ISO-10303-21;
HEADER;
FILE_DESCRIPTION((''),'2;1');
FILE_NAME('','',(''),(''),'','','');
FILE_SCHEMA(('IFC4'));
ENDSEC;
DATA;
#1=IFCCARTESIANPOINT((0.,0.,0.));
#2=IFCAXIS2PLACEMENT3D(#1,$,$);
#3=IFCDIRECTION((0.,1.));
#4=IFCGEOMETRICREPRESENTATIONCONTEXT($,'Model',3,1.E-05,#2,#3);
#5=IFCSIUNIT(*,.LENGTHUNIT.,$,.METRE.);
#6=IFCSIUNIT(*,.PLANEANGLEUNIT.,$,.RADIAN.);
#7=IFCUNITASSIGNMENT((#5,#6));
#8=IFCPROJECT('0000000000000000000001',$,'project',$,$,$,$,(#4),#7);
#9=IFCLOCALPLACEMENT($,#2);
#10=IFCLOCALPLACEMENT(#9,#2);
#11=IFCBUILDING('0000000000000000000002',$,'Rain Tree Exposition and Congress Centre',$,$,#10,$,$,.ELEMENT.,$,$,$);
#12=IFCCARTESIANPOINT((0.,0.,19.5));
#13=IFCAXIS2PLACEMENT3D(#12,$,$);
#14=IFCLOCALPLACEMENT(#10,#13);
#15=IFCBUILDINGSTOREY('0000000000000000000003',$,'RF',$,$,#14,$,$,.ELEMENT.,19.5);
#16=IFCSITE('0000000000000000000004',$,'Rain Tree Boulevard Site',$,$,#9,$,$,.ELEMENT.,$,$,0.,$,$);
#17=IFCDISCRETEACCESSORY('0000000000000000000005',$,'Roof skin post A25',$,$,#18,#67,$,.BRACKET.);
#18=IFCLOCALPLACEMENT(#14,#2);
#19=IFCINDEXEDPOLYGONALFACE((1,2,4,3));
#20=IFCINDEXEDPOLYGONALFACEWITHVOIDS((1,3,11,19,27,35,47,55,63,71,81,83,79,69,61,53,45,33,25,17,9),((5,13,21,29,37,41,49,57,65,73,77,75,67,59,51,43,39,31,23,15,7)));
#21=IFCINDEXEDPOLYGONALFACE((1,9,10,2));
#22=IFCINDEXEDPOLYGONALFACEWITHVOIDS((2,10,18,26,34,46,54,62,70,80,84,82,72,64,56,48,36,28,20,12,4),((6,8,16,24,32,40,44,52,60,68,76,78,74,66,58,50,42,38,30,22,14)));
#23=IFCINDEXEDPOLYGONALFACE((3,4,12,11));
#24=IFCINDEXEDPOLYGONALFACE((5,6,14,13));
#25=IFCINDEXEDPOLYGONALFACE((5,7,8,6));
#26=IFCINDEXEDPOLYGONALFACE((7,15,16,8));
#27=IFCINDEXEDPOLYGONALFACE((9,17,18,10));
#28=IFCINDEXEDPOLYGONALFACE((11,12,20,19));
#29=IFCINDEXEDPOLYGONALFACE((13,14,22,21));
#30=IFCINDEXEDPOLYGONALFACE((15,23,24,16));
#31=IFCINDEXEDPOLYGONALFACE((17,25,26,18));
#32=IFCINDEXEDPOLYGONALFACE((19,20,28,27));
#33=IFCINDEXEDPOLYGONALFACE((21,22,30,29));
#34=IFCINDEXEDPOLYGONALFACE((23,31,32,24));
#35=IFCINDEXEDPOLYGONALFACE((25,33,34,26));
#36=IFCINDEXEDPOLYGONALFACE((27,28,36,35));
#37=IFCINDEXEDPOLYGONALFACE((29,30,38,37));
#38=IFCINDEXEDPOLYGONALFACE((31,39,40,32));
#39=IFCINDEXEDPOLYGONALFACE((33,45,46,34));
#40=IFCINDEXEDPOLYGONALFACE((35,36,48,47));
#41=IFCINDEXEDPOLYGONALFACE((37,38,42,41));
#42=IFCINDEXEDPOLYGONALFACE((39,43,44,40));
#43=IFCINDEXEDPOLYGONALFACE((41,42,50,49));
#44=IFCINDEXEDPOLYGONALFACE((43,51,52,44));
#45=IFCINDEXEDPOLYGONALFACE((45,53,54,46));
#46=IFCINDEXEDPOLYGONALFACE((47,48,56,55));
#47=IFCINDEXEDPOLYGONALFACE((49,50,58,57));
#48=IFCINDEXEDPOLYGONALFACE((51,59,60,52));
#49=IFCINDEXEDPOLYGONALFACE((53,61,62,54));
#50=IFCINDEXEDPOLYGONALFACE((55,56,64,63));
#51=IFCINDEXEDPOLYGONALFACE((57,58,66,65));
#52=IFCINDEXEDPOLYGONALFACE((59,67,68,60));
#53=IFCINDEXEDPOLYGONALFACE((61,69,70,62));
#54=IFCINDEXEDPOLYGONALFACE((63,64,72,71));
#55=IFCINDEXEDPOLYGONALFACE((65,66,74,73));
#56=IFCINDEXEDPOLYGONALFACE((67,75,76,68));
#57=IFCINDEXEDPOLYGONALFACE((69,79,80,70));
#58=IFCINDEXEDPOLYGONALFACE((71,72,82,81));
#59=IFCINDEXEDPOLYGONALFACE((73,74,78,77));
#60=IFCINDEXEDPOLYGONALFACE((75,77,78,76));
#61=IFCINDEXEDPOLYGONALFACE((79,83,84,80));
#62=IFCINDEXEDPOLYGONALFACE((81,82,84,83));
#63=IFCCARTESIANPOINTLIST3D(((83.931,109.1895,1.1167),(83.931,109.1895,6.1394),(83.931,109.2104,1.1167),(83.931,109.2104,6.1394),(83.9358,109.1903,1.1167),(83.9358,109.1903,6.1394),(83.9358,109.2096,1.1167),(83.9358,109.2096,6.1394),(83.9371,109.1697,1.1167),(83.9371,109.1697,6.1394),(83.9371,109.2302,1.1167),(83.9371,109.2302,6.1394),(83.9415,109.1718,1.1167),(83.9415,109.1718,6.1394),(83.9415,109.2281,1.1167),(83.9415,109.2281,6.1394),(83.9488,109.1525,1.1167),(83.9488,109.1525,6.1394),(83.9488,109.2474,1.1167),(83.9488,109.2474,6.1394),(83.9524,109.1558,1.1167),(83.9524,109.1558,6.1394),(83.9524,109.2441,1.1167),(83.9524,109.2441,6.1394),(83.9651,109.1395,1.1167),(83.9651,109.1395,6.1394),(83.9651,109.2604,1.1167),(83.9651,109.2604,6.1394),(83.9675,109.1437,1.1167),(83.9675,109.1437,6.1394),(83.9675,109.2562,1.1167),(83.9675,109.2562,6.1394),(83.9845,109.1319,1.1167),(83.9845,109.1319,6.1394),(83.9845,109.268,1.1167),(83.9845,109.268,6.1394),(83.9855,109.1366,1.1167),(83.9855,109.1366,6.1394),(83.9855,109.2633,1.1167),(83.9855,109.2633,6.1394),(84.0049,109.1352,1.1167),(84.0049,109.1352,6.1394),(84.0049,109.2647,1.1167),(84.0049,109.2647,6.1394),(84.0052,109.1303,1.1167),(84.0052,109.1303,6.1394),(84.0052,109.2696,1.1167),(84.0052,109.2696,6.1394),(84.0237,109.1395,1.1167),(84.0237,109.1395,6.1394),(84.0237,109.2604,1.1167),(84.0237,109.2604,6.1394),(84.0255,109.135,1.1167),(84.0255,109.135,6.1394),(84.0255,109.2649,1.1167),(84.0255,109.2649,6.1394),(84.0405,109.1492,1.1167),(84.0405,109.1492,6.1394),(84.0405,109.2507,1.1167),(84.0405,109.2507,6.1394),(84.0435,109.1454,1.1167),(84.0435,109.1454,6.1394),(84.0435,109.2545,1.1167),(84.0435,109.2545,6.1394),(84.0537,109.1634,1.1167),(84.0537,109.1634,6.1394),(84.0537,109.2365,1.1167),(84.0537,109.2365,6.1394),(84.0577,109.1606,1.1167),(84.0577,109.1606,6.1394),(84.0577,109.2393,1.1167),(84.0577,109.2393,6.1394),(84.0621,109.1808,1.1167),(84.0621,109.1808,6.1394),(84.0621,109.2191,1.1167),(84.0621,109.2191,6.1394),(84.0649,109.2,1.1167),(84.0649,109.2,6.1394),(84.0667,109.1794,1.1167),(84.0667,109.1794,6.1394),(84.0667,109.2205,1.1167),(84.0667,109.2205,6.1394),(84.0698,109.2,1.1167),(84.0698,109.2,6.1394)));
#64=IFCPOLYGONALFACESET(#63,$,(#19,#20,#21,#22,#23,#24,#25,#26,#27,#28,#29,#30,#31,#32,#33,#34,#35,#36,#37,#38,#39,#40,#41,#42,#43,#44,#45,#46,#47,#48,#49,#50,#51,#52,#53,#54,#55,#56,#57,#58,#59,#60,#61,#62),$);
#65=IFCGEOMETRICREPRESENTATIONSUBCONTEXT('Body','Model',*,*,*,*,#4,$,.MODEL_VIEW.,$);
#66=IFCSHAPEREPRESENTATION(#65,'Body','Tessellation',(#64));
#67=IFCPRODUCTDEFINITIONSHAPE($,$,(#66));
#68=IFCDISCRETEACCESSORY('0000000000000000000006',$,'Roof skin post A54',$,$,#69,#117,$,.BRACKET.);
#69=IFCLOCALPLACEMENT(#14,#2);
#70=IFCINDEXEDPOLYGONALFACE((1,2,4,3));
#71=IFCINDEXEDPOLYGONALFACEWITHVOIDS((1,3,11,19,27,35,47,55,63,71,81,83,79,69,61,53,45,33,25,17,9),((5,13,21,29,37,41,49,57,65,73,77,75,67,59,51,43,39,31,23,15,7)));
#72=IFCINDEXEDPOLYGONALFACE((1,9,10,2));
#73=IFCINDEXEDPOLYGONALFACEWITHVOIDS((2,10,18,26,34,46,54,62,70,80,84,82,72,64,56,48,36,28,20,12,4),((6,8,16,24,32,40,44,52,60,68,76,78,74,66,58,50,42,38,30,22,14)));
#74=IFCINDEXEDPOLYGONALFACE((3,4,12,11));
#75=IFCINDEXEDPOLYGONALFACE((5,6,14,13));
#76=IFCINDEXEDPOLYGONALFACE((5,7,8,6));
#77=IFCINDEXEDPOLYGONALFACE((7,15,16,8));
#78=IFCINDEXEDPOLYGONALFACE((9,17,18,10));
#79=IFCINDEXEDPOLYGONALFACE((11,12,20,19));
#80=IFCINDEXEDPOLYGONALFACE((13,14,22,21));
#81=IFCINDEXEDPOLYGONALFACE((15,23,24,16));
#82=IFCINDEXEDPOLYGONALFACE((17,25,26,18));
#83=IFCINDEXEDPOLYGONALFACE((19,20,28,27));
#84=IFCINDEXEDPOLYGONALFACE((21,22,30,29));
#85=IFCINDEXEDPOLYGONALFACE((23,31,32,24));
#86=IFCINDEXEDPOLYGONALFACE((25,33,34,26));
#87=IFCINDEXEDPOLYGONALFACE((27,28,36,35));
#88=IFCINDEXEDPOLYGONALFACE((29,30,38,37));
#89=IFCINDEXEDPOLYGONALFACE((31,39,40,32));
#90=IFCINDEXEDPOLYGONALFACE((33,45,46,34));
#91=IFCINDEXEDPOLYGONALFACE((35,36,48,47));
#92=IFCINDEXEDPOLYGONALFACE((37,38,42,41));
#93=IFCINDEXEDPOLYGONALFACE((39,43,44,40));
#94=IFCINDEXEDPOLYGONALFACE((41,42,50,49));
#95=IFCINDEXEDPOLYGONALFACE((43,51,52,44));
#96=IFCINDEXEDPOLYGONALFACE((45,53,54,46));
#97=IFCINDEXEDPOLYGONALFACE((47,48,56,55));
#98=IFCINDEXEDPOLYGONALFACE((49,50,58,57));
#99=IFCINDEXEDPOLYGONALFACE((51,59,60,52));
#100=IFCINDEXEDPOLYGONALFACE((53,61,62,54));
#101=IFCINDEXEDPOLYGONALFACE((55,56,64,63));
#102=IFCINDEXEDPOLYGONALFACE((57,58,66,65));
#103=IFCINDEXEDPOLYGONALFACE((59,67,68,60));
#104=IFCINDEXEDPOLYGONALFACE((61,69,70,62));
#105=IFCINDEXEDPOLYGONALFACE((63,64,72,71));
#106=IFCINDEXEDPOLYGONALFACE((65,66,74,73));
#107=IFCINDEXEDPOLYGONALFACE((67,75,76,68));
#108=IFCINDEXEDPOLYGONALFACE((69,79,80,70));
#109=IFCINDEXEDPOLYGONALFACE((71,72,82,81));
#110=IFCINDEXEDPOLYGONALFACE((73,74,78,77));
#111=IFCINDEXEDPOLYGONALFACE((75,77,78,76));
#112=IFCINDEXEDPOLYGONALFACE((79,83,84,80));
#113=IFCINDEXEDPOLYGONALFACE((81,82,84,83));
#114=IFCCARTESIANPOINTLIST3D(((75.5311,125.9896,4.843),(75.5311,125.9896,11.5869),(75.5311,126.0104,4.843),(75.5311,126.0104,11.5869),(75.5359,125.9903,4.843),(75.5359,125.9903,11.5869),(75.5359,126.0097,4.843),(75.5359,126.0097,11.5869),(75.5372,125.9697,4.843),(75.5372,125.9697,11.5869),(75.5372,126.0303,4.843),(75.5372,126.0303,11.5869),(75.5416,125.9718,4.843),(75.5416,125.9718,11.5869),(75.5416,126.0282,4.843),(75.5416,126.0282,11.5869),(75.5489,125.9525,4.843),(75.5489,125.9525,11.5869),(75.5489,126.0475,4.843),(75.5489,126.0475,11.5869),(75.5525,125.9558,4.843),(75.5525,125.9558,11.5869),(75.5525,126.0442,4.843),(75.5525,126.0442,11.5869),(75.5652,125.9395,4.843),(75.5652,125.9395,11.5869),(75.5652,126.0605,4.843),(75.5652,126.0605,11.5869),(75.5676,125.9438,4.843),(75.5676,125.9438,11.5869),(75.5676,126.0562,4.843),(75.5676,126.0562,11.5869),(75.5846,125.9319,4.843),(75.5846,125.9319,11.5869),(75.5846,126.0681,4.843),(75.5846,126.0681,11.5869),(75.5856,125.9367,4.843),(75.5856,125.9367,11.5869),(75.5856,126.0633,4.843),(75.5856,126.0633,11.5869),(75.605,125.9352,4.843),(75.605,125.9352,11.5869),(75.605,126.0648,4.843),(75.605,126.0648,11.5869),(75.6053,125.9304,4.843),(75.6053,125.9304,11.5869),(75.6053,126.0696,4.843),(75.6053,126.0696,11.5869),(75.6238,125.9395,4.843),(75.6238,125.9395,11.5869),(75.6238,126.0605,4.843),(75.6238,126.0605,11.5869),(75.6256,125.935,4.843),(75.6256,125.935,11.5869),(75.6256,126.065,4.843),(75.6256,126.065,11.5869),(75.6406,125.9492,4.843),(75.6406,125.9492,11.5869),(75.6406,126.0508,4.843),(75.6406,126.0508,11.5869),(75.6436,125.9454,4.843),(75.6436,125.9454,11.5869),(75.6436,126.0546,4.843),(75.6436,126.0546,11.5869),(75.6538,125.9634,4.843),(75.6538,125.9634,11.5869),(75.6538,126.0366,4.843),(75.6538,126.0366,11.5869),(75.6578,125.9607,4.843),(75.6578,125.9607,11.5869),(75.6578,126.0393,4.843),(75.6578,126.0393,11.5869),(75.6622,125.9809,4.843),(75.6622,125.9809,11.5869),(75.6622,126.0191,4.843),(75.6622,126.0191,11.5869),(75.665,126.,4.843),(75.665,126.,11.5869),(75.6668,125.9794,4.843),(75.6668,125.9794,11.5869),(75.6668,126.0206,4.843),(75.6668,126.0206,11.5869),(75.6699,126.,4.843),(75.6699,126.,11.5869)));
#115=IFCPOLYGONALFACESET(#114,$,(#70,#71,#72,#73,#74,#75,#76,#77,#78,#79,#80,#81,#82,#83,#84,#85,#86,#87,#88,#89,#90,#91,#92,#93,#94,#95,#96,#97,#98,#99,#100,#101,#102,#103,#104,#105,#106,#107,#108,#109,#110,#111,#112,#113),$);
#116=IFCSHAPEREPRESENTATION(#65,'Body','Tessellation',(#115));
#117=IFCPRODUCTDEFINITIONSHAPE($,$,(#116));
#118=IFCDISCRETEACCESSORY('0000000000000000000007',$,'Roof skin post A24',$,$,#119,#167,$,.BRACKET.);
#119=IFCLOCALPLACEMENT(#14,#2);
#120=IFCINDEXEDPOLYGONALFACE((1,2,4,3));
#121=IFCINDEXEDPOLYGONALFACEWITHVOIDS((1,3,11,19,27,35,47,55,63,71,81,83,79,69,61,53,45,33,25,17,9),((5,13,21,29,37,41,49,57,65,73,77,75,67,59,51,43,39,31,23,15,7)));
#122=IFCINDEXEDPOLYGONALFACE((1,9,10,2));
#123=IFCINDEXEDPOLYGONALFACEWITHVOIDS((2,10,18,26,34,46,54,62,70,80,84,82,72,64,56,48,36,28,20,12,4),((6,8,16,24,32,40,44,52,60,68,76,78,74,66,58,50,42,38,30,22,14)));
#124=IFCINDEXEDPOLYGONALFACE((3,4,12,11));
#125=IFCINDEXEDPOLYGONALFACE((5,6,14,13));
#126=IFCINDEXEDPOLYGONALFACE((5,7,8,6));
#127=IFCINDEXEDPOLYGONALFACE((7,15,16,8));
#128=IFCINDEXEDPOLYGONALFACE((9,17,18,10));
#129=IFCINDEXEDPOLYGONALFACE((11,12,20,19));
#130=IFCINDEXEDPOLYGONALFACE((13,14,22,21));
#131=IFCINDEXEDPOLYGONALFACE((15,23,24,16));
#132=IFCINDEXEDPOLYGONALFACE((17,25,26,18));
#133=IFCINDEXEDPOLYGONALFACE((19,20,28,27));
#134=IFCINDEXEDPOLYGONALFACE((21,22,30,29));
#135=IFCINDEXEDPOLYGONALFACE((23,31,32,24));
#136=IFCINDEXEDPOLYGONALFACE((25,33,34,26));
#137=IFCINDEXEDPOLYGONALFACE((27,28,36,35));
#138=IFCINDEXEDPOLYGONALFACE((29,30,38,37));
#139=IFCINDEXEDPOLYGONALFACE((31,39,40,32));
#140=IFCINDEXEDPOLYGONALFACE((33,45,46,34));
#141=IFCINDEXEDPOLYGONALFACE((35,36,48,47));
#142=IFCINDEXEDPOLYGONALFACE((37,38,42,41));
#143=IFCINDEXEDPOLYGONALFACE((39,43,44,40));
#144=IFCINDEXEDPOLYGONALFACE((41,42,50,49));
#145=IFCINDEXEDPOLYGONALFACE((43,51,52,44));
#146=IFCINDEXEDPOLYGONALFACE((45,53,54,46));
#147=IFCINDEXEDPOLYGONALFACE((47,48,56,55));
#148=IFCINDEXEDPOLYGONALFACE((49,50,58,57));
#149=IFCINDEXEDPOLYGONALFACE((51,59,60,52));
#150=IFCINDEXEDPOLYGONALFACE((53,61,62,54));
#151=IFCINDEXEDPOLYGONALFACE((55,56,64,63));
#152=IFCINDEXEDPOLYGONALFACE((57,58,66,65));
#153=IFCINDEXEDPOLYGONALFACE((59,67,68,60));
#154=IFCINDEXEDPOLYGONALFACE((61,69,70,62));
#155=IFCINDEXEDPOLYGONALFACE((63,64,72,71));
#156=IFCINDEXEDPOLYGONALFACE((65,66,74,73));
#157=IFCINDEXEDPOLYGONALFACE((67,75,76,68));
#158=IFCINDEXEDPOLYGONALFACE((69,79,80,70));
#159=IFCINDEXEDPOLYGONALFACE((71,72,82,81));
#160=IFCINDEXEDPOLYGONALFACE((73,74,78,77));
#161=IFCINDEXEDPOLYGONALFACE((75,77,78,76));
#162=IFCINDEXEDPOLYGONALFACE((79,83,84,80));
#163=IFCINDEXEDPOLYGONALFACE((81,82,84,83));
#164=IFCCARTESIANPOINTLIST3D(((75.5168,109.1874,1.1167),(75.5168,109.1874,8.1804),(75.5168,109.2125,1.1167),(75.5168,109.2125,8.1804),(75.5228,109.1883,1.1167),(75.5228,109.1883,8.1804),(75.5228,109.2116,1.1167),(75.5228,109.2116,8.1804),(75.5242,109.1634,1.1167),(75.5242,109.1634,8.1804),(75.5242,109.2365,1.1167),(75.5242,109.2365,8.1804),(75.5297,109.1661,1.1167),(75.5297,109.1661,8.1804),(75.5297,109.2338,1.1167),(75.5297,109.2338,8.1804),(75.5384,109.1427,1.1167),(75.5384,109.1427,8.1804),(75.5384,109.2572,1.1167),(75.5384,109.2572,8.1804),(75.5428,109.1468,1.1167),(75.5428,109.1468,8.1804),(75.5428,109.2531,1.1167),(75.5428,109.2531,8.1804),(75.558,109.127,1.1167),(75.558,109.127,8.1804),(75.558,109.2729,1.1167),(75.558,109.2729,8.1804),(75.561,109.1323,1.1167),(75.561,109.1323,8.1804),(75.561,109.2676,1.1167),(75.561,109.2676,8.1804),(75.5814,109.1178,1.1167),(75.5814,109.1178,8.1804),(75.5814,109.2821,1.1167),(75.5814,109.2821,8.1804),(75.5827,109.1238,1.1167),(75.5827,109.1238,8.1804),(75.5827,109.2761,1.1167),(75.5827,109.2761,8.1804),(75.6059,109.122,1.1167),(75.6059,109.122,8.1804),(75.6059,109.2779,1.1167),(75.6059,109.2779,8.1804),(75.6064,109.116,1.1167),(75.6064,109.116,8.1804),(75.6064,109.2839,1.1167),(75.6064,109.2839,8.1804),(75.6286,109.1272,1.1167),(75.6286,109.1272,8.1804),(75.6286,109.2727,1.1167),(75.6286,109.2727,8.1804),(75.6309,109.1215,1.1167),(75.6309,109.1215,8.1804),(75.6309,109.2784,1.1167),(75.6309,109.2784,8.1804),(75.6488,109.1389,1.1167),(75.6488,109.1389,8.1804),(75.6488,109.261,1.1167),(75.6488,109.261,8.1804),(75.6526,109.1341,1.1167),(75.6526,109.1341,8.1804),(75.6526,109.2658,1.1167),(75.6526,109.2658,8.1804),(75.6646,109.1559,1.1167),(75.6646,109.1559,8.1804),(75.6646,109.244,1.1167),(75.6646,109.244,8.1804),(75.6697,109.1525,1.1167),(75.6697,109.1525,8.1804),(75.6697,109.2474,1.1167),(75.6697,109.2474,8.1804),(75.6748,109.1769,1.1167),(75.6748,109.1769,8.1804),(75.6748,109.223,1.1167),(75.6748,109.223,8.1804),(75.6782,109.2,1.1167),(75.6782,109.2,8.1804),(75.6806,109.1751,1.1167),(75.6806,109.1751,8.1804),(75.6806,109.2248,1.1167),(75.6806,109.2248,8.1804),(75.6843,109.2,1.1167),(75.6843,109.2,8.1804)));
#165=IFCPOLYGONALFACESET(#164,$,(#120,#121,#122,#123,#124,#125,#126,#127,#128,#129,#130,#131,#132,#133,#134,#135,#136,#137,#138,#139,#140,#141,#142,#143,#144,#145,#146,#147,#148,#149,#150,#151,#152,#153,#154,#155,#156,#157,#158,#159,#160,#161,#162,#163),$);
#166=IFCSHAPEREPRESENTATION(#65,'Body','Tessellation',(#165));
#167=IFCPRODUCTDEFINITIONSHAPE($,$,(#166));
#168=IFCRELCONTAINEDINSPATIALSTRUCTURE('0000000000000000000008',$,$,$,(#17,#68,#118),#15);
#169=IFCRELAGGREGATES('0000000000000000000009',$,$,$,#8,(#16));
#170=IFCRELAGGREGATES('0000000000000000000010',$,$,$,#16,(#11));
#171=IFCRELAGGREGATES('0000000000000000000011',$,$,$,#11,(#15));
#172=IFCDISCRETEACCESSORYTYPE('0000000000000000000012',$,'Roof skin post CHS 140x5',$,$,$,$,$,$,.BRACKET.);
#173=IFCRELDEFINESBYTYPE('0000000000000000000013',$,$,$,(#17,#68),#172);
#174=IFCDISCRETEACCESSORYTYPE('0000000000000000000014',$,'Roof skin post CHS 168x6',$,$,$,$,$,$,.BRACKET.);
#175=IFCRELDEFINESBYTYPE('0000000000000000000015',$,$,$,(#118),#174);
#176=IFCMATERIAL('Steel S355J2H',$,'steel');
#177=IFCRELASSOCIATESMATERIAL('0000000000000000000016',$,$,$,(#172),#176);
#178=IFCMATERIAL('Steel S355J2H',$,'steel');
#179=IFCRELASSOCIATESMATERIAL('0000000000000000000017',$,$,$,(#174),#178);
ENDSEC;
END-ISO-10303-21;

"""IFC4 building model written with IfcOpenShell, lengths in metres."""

from ifc_helpers import new_model, si_unit, direction, frame, origin, origin_2d, place, context, subcontext, project, spatial, hollow_circle, extrude, material, material_profile, profile_set, type_object, element, save


model = new_model("IFC4")

# Units and contexts
model_context = context("Model", 3, precision=1e-05, world=origin(), true_north=direction((0.0, 1.0)))
body_context = subcontext(model_context, "Body", "Model", "MODEL_VIEW")
ifc_project = project(units=[si_unit("LENGTHUNIT", "METRE"), si_unit("PLANEANGLEUNIT", "RADIAN")], contexts=[model_context])

# Site, building, storey
site_placement = place(None, origin())
site = spatial("IfcSite", under=ifc_project, at=site_placement, Name="Rain Tree Boulevard Site", CompositionType="ELEMENT", RefElevation=0.0)
building_placement = place(site_placement, origin())
building = spatial("IfcBuilding", under=site, at=building_placement, Name="Rain Tree Exposition and Congress Centre", CompositionType="ELEMENT")
storey_placement = place(building_placement, frame((0.0, 0.0, 19.5)))
storey = spatial("IfcBuildingStorey", under=building, at=storey_placement, Name="RF", CompositionType="ELEMENT", Elevation=19.5)

# Discrete accessories
ifc_material_1 = material(Name="Steel S355J2H", Category="steel")
ifc_material_profile_1 = material_profile(ifc_material_1, hollow_circle(Radius=0.0698, WallThickness=0.0049, at=origin_2d()), Name="CHS 140x5")
ifc_profile_set_1 = profile_set([ifc_material_profile_1], Name="Steel S355J2H")
discrete_accessory_type_1 = type_object("IfcDiscreteAccessoryType", Name="Roof skin post CHS 140x5", PredefinedType="BRACKET", material=ifc_profile_set_1)
discrete_accessory_1_placement = place(storey_placement, frame((84.0, 109.2, 1.1167), z_axis=(0.0, 0.0, 1.0), x_axis=(1.0, 0.0, 0.0)))
element("IfcDiscreteAccessory", 1, at=discrete_accessory_1_placement, inside=storey, type_object=discrete_accessory_type_1, Name="Roof skin post A25", PredefinedType="BRACKET", context=body_context, shape_type="SweptSolid", body=[
    extrude(hollow_circle(Radius=0.0698, WallThickness=0.0049, at=origin_2d()), origin(), (0.0, 0.0, 1.0), 5.0227),
])
discrete_accessory_2_placement = place(storey_placement, frame((75.6001, 126.0, 4.843), z_axis=(0.0, 0.0, 1.0), x_axis=(1.0, 0.0, 0.0)))
element("IfcDiscreteAccessory", 2, at=discrete_accessory_2_placement, inside=storey, type_object=discrete_accessory_type_1, Name="Roof skin post A54", PredefinedType="BRACKET", context=body_context, shape_type="SweptSolid", body=[
    extrude(hollow_circle(Radius=0.0698, WallThickness=0.0049, at=origin_2d()), origin(), (0.0, 0.0, 1.0), 6.7439),
])
ifc_material_2 = material(Name="Steel S355J2H", Category="steel")
ifc_material_profile_2 = material_profile(ifc_material_2, hollow_circle(Radius=0.0842, WallThickness=0.0061, at=origin_2d()), Name="CHS 168x6")
ifc_profile_set_2 = profile_set([ifc_material_profile_2], Name="Steel S355J2H")
discrete_accessory_type_2 = type_object("IfcDiscreteAccessoryType", Name="Roof skin post CHS 168x6", PredefinedType="BRACKET", material=ifc_profile_set_2)
discrete_accessory_3_placement = place(storey_placement, frame((75.6001, 109.2, 1.1167), z_axis=(0.0, 0.0, 1.0), x_axis=(1.0, 0.0, 0.0)))
element("IfcDiscreteAccessory", 3, at=discrete_accessory_3_placement, inside=storey, type_object=discrete_accessory_type_2, Name="Roof skin post A24", PredefinedType="BRACKET", context=body_context, shape_type="SweptSolid", body=[
    extrude(hollow_circle(Radius=0.0842, WallThickness=0.0061, at=origin_2d()), origin(), (0.0, 0.0, 1.0), 7.0637),
])

save(model, "model.ifc")
